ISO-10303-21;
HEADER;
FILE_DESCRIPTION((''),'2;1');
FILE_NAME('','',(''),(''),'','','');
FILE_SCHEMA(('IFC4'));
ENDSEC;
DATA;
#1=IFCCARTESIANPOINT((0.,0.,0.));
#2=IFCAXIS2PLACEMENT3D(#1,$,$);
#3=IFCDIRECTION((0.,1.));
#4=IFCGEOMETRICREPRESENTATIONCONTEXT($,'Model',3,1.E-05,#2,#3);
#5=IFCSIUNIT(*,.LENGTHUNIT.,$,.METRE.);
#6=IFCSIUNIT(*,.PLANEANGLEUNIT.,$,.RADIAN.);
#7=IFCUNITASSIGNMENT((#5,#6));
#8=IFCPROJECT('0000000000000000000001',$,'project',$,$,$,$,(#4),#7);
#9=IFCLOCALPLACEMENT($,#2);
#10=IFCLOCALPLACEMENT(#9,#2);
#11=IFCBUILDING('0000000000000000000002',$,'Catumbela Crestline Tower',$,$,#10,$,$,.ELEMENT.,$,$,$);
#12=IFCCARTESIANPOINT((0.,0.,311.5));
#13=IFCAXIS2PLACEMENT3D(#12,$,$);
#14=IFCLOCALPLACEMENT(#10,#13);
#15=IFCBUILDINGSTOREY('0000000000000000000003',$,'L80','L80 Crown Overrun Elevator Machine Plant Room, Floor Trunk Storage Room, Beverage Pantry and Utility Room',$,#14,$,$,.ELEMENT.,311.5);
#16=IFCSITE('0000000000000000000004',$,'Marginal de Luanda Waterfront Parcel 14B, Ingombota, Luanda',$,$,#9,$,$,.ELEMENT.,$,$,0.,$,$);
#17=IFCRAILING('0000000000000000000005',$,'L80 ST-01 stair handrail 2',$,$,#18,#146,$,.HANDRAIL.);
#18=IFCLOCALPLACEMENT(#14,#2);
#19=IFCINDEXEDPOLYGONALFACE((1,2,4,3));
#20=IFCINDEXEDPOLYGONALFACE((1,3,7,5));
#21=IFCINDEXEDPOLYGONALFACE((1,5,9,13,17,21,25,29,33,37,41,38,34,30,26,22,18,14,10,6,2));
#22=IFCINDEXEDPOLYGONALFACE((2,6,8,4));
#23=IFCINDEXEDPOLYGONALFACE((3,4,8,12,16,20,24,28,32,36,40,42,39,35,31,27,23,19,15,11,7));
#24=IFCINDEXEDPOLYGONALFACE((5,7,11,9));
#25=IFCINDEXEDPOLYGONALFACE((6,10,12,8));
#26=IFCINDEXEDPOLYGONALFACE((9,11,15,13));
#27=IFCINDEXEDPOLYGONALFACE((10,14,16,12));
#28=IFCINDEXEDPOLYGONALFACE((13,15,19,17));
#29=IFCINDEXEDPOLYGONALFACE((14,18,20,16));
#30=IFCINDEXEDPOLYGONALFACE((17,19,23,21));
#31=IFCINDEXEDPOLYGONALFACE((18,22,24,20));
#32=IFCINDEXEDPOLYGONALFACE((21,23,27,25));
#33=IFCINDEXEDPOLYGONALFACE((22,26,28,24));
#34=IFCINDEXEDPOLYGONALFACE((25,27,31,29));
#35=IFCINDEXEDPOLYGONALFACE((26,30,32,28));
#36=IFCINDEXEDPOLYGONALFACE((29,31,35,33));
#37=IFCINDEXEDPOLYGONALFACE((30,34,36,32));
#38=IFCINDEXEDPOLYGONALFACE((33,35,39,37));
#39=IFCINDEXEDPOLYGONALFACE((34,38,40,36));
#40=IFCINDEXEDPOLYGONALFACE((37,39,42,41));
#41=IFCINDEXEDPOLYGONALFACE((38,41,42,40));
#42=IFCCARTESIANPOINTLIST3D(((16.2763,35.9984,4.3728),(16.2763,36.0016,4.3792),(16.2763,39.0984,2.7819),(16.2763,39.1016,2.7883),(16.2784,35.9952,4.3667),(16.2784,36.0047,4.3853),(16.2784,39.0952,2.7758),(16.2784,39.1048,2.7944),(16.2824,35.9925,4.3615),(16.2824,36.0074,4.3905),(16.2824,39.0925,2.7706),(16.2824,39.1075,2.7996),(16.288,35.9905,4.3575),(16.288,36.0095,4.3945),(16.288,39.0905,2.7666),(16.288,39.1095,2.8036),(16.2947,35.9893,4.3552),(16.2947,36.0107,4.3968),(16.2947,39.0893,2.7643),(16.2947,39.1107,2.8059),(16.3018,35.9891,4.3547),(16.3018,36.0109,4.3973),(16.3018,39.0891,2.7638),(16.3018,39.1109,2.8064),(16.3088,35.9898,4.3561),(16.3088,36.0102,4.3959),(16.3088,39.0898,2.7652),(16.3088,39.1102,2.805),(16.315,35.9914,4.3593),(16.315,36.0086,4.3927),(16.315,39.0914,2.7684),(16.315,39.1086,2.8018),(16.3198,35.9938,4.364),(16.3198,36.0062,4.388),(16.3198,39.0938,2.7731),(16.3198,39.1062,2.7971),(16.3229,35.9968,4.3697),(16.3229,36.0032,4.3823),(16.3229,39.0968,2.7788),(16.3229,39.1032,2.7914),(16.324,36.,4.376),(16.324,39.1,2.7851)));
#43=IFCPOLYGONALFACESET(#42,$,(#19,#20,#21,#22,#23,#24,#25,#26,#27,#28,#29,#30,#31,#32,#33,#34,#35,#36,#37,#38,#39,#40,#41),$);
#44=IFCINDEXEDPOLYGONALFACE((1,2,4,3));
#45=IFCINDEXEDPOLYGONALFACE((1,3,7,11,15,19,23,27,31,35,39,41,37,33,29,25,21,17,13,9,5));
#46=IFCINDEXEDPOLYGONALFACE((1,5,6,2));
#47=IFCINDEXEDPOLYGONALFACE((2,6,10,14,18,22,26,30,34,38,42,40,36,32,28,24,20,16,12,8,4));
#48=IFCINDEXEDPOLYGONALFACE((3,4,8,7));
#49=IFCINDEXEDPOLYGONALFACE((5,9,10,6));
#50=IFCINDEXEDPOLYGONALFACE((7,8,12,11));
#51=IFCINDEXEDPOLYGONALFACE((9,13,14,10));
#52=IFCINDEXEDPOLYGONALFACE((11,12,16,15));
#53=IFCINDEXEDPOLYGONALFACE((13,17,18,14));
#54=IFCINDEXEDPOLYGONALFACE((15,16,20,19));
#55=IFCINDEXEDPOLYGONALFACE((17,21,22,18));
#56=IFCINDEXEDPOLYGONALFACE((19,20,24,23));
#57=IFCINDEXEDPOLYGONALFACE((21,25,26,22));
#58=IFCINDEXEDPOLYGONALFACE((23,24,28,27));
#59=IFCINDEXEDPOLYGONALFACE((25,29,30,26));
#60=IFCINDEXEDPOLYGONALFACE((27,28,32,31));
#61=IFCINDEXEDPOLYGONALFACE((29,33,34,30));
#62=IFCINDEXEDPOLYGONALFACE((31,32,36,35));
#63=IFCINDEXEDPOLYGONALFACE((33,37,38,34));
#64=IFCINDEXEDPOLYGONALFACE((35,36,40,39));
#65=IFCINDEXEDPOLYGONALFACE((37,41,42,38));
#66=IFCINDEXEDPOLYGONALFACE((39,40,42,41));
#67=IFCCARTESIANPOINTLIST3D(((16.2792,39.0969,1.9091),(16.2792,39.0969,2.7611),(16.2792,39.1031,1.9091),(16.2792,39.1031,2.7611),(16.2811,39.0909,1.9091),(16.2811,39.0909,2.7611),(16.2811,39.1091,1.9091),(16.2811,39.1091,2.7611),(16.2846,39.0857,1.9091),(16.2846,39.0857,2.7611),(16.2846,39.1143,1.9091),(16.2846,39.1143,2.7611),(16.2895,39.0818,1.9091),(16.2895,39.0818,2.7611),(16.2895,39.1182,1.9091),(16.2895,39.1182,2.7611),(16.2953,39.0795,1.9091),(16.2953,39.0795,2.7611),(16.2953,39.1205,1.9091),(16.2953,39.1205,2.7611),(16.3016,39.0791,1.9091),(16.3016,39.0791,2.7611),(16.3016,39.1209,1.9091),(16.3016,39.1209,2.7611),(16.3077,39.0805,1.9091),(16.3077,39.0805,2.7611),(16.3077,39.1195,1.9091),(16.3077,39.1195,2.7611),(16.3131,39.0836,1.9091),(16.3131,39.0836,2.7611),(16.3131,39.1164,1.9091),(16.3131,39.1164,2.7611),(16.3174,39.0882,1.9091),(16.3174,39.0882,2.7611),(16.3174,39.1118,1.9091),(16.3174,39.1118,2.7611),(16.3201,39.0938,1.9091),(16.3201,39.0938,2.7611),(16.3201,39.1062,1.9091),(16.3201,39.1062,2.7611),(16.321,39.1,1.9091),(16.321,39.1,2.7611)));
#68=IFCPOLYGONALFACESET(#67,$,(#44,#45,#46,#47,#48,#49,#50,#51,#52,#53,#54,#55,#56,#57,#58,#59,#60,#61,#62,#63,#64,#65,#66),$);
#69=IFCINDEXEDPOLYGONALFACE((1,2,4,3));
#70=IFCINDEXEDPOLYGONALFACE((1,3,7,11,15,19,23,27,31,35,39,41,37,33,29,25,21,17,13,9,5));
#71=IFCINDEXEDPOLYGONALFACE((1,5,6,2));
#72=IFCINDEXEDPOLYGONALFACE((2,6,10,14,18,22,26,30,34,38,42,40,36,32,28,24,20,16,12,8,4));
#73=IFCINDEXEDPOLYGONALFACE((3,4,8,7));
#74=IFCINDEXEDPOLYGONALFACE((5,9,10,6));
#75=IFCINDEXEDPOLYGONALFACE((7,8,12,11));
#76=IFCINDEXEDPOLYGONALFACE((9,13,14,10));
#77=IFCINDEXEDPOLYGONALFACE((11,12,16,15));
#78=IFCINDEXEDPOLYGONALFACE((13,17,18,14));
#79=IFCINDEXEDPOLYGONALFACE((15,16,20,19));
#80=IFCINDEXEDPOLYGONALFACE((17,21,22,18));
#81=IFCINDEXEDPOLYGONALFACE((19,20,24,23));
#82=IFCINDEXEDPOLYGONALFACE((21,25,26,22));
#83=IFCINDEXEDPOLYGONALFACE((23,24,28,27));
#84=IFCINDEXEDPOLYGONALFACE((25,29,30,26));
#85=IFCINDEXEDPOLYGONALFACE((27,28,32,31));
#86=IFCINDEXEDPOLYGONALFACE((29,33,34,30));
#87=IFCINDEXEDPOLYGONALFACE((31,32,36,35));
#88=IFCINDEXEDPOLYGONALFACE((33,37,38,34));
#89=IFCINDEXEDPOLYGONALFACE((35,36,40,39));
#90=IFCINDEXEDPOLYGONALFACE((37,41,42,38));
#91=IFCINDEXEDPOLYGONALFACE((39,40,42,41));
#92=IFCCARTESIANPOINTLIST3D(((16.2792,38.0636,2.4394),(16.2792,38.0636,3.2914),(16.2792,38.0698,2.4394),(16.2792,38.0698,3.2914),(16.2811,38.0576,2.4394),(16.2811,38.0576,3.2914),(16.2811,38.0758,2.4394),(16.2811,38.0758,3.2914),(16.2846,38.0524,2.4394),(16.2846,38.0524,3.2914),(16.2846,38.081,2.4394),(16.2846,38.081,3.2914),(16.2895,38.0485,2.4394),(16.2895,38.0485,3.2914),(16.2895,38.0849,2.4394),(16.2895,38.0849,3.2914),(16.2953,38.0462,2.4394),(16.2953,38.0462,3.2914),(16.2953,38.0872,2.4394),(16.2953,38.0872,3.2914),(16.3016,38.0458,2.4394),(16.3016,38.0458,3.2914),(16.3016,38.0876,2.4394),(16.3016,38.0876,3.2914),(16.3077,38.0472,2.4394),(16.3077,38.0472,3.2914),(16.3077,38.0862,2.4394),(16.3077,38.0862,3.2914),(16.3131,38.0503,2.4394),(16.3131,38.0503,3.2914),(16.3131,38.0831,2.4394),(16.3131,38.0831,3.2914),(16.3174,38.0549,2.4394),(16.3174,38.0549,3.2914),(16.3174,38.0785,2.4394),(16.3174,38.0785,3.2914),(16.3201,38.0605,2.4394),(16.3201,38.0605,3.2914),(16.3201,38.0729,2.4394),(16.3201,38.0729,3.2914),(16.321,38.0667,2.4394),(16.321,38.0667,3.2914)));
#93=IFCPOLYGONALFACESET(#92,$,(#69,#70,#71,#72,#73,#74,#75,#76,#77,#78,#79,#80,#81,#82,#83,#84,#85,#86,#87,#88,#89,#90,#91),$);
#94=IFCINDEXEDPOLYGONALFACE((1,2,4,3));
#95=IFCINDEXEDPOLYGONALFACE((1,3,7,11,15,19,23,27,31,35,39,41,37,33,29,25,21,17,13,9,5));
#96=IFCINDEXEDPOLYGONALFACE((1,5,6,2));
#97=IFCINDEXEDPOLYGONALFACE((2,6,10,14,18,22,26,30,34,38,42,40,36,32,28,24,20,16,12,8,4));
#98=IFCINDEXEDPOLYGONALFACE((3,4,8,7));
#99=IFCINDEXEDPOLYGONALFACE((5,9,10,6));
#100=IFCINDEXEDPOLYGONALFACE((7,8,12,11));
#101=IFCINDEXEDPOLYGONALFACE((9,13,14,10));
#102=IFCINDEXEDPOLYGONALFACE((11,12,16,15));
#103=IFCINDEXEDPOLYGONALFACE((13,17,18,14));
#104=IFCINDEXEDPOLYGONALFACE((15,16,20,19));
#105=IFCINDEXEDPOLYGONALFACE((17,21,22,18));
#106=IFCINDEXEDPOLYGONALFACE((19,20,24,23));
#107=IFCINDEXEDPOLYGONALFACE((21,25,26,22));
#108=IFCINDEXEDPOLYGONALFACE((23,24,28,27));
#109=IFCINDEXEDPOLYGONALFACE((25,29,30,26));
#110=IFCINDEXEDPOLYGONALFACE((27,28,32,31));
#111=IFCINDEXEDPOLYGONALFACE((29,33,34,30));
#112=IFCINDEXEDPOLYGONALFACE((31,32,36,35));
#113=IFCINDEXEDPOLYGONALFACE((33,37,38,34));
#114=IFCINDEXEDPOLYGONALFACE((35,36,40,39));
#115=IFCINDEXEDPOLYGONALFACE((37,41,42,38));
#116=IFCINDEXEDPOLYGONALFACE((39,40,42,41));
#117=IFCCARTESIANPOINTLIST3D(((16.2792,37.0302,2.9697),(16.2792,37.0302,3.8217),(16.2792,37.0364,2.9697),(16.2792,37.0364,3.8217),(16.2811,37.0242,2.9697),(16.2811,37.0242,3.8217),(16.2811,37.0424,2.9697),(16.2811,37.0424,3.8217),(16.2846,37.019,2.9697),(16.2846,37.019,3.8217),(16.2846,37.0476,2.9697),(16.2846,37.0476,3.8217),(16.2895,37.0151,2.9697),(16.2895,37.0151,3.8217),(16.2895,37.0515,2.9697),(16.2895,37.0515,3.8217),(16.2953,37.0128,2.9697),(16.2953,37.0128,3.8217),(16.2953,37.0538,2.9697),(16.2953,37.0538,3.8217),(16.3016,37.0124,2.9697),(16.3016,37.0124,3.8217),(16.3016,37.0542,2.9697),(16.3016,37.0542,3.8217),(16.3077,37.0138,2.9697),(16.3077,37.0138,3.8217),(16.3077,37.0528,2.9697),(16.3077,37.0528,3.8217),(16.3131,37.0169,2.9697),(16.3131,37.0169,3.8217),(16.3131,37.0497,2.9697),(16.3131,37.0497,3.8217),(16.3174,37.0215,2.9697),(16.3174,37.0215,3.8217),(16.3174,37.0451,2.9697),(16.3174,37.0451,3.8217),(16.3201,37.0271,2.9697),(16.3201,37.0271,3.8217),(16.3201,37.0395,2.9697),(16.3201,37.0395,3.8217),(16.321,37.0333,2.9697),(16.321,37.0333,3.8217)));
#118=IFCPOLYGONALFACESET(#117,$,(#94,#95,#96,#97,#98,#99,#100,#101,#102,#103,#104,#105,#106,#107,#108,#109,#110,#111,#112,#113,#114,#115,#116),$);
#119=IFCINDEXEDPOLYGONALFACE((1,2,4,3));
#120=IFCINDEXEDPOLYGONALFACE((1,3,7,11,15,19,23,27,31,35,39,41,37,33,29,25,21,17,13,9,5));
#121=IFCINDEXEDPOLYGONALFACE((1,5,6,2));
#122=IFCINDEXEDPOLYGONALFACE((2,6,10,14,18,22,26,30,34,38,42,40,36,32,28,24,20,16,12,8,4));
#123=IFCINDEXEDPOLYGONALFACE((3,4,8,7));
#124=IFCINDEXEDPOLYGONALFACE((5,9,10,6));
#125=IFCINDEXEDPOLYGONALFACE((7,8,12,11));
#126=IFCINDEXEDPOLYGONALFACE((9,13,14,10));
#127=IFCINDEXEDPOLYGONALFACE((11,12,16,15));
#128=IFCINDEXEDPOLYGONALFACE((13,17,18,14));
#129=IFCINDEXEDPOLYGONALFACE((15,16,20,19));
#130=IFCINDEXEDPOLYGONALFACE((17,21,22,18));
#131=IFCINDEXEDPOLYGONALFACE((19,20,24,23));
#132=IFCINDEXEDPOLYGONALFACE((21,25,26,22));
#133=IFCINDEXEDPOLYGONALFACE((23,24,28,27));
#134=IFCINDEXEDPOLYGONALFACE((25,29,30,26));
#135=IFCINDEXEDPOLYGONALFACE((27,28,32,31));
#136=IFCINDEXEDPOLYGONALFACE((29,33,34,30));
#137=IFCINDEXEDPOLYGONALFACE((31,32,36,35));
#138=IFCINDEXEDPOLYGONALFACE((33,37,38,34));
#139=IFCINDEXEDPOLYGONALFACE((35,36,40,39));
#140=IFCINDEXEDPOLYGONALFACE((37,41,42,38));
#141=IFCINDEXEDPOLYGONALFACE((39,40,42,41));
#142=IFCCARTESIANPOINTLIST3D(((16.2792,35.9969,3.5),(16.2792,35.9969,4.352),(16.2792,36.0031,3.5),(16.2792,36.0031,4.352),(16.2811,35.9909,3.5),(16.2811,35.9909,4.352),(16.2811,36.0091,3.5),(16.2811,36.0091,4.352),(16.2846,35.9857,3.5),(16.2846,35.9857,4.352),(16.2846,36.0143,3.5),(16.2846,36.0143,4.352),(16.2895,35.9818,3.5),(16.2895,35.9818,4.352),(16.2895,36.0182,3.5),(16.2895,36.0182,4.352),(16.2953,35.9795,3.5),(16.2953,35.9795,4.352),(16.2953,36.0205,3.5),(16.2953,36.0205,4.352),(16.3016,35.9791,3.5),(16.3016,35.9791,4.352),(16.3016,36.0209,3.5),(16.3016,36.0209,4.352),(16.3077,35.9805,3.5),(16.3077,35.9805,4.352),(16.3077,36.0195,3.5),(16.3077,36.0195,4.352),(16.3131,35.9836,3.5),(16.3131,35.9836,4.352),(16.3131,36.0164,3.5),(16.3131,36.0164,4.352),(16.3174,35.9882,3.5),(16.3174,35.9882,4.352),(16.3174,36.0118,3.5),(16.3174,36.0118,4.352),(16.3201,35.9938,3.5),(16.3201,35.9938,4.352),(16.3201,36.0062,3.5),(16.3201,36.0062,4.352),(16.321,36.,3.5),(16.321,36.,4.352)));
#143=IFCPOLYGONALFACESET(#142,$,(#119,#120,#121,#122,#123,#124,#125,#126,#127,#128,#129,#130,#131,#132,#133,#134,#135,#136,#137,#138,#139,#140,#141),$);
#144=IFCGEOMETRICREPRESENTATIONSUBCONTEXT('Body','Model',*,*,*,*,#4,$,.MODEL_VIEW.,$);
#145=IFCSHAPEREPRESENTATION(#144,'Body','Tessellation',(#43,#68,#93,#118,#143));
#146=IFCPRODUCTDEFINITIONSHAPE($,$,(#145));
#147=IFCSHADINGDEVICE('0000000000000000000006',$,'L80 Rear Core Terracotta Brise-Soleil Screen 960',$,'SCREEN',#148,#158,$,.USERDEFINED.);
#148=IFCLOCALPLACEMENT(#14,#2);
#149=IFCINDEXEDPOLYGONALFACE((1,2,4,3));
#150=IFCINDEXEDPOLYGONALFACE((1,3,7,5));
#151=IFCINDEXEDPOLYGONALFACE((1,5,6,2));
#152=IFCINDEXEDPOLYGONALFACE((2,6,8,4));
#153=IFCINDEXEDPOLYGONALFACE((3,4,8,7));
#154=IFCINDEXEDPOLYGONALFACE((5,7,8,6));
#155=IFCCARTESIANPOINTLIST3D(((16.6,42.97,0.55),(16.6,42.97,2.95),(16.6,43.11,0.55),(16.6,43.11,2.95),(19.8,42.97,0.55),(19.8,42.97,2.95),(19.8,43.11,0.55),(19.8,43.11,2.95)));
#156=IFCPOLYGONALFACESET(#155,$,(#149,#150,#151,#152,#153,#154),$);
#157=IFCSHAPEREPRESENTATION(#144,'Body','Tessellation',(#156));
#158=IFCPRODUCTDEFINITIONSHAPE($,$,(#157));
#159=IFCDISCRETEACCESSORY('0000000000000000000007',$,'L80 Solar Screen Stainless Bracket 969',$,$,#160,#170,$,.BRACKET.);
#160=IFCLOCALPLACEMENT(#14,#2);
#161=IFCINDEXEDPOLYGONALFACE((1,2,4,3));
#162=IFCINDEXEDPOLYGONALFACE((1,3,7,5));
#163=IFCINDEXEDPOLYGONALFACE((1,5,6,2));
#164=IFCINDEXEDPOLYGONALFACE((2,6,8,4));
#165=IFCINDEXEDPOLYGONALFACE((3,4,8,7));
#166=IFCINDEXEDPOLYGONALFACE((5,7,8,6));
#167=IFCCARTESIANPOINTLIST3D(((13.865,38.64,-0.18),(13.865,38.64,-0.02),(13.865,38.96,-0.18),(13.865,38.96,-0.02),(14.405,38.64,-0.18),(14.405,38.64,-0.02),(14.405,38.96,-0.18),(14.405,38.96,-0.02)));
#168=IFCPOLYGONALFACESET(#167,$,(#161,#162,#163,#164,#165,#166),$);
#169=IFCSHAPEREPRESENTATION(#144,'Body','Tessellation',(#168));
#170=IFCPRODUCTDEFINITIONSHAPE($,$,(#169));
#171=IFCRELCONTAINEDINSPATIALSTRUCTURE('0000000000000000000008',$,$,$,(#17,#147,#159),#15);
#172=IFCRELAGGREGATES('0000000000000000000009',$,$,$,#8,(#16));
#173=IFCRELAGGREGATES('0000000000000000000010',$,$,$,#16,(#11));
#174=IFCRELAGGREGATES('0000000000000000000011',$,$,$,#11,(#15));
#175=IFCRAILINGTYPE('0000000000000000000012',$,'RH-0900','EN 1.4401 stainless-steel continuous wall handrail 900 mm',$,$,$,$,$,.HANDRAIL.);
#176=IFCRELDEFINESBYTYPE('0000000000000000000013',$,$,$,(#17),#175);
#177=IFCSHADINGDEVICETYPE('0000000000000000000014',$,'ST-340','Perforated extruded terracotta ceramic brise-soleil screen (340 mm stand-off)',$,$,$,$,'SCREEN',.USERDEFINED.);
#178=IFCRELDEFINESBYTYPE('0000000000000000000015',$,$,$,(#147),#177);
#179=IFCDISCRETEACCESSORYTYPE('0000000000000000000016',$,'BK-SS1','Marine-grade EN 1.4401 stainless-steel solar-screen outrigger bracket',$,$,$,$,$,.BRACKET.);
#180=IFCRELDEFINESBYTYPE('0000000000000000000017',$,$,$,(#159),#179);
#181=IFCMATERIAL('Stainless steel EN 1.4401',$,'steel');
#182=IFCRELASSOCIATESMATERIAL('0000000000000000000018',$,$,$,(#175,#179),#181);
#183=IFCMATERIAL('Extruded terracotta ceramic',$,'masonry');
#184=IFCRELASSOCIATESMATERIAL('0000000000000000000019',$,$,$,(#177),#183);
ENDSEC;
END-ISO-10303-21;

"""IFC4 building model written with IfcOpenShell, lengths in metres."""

from ifc_helpers import new_model, si_unit, direction, frame, origin, origin_2d, place, context, subcontext, project, spatial, rectangle, circle, extrude, material, type_object, element, save


model = new_model("IFC4")

# Units and contexts
model_context = context("Model", 3, precision=1e-05, world=origin(), true_north=direction((0.0, 1.0)))
body_context = subcontext(model_context, "Body", "Model", "MODEL_VIEW")
ifc_project = project(units=[si_unit("LENGTHUNIT", "METRE"), si_unit("PLANEANGLEUNIT", "RADIAN")], contexts=[model_context])

# Site, building, storey
site_placement = place(None, origin())
site = spatial("IfcSite", under=ifc_project, at=site_placement, Name="Marginal de Luanda Waterfront Parcel 14B, Ingombota, Luanda", CompositionType="ELEMENT", RefElevation=0.0)
building_placement = place(site_placement, origin())
building = spatial("IfcBuilding", under=site, at=building_placement, Name="Catumbela Crestline Tower", CompositionType="ELEMENT")
storey_placement = place(building_placement, frame((0.0, 0.0, 311.5)))
storey = spatial("IfcBuildingStorey", under=building, at=storey_placement, Name="L80", Description="L80 Crown Overrun Elevator Machine Plant Room, Floor Trunk Storage Room, Beverage Pantry and Utility Room", CompositionType="ELEMENT", Elevation=311.5)

# Shared definitions
ifc_material_1 = material(Name="Stainless steel EN 1.4401", Category="steel")

# Railing
railing_type_1 = type_object("IfcRailingType", Name="RH-0900", Description="EN 1.4401 stainless-steel continuous wall handrail 900 mm", PredefinedType="HANDRAIL", material=ifc_material_1)
railing_1_placement = place(storey_placement, frame((16.3, 39.1, 1.9091)))
element("IfcRailing", 1, at=railing_1_placement, inside=storey, type_object=railing_type_1, Name="L80 ST-01 stair handrail 2", PredefinedType="HANDRAIL", context=body_context, shape_type="SweptSolid", body=[
    extrude(circle(Radius=0.024, at=origin_2d()), frame((0.0, 0.0, 0.876), z_axis=(0.0, -0.889683, 0.456579), x_axis=(1.0, 0.0, 0.0)), (0.0, 0.0, 1.0), 3.4844),
    extrude(circle(Radius=0.021, at=origin_2d()), origin(), (0.0, 0.0, 1.0), 0.852),
    extrude(circle(Radius=0.021, at=origin_2d()), frame((0.0, -1.0333, 0.5303)), (0.0, 0.0, 1.0), 0.852),
    extrude(circle(Radius=0.021, at=origin_2d()), frame((0.0, -2.0667, 1.0606)), (0.0, 0.0, 1.0), 0.852),
    extrude(circle(Radius=0.021, at=origin_2d()), frame((0.0, -3.1, 1.5909)), (0.0, 0.0, 1.0), 0.852),
])

# Shading device
ifc_material_2 = material(Name="Extruded terracotta ceramic", Category="masonry")
shading_device_type = type_object("IfcShadingDeviceType", Name="ST-340", Description="Perforated extruded terracotta ceramic brise-soleil screen (340 mm stand-off)", ElementType="SCREEN", PredefinedType="USERDEFINED", material=ifc_material_2)
shading_device_placement = place(storey_placement, frame((18.2, 43.04, 0.55), z_axis=(0.0, 0.0, 1.0), x_axis=(1.0, 0.0, 0.0)))
element("IfcShadingDevice", 2, at=shading_device_placement, inside=storey, type_object=shading_device_type, Name="L80 Rear Core Terracotta Brise-Soleil Screen 960", ObjectType="SCREEN", PredefinedType="USERDEFINED", context=body_context, shape_type="SweptSolid", body=[
    extrude(rectangle(XDim=3.2, YDim=0.14, at=origin_2d()), origin(), (0.0, 0.0, 1.0), 2.4),
])

# Discrete accessory
discrete_accessory_type = type_object("IfcDiscreteAccessoryType", Name="BK-SS1", Description="Marine-grade EN 1.4401 stainless-steel solar-screen outrigger bracket", PredefinedType="BRACKET", material=ifc_material_1)
discrete_accessory_placement = place(storey_placement, frame((14.135, 38.8, -0.18), z_axis=(0.0, 0.0, 1.0), x_axis=(0.0, -1.0, 0.0)))
element("IfcDiscreteAccessory", 3, at=discrete_accessory_placement, inside=storey, type_object=discrete_accessory_type, Name="L80 Solar Screen Stainless Bracket 969", PredefinedType="BRACKET", context=body_context, shape_type="SweptSolid", body=[
    extrude(rectangle(XDim=0.32, YDim=0.54, at=origin_2d()), origin(), (0.0, 0.0, 1.0), 0.16),
])

save(model, "model.ifc")
